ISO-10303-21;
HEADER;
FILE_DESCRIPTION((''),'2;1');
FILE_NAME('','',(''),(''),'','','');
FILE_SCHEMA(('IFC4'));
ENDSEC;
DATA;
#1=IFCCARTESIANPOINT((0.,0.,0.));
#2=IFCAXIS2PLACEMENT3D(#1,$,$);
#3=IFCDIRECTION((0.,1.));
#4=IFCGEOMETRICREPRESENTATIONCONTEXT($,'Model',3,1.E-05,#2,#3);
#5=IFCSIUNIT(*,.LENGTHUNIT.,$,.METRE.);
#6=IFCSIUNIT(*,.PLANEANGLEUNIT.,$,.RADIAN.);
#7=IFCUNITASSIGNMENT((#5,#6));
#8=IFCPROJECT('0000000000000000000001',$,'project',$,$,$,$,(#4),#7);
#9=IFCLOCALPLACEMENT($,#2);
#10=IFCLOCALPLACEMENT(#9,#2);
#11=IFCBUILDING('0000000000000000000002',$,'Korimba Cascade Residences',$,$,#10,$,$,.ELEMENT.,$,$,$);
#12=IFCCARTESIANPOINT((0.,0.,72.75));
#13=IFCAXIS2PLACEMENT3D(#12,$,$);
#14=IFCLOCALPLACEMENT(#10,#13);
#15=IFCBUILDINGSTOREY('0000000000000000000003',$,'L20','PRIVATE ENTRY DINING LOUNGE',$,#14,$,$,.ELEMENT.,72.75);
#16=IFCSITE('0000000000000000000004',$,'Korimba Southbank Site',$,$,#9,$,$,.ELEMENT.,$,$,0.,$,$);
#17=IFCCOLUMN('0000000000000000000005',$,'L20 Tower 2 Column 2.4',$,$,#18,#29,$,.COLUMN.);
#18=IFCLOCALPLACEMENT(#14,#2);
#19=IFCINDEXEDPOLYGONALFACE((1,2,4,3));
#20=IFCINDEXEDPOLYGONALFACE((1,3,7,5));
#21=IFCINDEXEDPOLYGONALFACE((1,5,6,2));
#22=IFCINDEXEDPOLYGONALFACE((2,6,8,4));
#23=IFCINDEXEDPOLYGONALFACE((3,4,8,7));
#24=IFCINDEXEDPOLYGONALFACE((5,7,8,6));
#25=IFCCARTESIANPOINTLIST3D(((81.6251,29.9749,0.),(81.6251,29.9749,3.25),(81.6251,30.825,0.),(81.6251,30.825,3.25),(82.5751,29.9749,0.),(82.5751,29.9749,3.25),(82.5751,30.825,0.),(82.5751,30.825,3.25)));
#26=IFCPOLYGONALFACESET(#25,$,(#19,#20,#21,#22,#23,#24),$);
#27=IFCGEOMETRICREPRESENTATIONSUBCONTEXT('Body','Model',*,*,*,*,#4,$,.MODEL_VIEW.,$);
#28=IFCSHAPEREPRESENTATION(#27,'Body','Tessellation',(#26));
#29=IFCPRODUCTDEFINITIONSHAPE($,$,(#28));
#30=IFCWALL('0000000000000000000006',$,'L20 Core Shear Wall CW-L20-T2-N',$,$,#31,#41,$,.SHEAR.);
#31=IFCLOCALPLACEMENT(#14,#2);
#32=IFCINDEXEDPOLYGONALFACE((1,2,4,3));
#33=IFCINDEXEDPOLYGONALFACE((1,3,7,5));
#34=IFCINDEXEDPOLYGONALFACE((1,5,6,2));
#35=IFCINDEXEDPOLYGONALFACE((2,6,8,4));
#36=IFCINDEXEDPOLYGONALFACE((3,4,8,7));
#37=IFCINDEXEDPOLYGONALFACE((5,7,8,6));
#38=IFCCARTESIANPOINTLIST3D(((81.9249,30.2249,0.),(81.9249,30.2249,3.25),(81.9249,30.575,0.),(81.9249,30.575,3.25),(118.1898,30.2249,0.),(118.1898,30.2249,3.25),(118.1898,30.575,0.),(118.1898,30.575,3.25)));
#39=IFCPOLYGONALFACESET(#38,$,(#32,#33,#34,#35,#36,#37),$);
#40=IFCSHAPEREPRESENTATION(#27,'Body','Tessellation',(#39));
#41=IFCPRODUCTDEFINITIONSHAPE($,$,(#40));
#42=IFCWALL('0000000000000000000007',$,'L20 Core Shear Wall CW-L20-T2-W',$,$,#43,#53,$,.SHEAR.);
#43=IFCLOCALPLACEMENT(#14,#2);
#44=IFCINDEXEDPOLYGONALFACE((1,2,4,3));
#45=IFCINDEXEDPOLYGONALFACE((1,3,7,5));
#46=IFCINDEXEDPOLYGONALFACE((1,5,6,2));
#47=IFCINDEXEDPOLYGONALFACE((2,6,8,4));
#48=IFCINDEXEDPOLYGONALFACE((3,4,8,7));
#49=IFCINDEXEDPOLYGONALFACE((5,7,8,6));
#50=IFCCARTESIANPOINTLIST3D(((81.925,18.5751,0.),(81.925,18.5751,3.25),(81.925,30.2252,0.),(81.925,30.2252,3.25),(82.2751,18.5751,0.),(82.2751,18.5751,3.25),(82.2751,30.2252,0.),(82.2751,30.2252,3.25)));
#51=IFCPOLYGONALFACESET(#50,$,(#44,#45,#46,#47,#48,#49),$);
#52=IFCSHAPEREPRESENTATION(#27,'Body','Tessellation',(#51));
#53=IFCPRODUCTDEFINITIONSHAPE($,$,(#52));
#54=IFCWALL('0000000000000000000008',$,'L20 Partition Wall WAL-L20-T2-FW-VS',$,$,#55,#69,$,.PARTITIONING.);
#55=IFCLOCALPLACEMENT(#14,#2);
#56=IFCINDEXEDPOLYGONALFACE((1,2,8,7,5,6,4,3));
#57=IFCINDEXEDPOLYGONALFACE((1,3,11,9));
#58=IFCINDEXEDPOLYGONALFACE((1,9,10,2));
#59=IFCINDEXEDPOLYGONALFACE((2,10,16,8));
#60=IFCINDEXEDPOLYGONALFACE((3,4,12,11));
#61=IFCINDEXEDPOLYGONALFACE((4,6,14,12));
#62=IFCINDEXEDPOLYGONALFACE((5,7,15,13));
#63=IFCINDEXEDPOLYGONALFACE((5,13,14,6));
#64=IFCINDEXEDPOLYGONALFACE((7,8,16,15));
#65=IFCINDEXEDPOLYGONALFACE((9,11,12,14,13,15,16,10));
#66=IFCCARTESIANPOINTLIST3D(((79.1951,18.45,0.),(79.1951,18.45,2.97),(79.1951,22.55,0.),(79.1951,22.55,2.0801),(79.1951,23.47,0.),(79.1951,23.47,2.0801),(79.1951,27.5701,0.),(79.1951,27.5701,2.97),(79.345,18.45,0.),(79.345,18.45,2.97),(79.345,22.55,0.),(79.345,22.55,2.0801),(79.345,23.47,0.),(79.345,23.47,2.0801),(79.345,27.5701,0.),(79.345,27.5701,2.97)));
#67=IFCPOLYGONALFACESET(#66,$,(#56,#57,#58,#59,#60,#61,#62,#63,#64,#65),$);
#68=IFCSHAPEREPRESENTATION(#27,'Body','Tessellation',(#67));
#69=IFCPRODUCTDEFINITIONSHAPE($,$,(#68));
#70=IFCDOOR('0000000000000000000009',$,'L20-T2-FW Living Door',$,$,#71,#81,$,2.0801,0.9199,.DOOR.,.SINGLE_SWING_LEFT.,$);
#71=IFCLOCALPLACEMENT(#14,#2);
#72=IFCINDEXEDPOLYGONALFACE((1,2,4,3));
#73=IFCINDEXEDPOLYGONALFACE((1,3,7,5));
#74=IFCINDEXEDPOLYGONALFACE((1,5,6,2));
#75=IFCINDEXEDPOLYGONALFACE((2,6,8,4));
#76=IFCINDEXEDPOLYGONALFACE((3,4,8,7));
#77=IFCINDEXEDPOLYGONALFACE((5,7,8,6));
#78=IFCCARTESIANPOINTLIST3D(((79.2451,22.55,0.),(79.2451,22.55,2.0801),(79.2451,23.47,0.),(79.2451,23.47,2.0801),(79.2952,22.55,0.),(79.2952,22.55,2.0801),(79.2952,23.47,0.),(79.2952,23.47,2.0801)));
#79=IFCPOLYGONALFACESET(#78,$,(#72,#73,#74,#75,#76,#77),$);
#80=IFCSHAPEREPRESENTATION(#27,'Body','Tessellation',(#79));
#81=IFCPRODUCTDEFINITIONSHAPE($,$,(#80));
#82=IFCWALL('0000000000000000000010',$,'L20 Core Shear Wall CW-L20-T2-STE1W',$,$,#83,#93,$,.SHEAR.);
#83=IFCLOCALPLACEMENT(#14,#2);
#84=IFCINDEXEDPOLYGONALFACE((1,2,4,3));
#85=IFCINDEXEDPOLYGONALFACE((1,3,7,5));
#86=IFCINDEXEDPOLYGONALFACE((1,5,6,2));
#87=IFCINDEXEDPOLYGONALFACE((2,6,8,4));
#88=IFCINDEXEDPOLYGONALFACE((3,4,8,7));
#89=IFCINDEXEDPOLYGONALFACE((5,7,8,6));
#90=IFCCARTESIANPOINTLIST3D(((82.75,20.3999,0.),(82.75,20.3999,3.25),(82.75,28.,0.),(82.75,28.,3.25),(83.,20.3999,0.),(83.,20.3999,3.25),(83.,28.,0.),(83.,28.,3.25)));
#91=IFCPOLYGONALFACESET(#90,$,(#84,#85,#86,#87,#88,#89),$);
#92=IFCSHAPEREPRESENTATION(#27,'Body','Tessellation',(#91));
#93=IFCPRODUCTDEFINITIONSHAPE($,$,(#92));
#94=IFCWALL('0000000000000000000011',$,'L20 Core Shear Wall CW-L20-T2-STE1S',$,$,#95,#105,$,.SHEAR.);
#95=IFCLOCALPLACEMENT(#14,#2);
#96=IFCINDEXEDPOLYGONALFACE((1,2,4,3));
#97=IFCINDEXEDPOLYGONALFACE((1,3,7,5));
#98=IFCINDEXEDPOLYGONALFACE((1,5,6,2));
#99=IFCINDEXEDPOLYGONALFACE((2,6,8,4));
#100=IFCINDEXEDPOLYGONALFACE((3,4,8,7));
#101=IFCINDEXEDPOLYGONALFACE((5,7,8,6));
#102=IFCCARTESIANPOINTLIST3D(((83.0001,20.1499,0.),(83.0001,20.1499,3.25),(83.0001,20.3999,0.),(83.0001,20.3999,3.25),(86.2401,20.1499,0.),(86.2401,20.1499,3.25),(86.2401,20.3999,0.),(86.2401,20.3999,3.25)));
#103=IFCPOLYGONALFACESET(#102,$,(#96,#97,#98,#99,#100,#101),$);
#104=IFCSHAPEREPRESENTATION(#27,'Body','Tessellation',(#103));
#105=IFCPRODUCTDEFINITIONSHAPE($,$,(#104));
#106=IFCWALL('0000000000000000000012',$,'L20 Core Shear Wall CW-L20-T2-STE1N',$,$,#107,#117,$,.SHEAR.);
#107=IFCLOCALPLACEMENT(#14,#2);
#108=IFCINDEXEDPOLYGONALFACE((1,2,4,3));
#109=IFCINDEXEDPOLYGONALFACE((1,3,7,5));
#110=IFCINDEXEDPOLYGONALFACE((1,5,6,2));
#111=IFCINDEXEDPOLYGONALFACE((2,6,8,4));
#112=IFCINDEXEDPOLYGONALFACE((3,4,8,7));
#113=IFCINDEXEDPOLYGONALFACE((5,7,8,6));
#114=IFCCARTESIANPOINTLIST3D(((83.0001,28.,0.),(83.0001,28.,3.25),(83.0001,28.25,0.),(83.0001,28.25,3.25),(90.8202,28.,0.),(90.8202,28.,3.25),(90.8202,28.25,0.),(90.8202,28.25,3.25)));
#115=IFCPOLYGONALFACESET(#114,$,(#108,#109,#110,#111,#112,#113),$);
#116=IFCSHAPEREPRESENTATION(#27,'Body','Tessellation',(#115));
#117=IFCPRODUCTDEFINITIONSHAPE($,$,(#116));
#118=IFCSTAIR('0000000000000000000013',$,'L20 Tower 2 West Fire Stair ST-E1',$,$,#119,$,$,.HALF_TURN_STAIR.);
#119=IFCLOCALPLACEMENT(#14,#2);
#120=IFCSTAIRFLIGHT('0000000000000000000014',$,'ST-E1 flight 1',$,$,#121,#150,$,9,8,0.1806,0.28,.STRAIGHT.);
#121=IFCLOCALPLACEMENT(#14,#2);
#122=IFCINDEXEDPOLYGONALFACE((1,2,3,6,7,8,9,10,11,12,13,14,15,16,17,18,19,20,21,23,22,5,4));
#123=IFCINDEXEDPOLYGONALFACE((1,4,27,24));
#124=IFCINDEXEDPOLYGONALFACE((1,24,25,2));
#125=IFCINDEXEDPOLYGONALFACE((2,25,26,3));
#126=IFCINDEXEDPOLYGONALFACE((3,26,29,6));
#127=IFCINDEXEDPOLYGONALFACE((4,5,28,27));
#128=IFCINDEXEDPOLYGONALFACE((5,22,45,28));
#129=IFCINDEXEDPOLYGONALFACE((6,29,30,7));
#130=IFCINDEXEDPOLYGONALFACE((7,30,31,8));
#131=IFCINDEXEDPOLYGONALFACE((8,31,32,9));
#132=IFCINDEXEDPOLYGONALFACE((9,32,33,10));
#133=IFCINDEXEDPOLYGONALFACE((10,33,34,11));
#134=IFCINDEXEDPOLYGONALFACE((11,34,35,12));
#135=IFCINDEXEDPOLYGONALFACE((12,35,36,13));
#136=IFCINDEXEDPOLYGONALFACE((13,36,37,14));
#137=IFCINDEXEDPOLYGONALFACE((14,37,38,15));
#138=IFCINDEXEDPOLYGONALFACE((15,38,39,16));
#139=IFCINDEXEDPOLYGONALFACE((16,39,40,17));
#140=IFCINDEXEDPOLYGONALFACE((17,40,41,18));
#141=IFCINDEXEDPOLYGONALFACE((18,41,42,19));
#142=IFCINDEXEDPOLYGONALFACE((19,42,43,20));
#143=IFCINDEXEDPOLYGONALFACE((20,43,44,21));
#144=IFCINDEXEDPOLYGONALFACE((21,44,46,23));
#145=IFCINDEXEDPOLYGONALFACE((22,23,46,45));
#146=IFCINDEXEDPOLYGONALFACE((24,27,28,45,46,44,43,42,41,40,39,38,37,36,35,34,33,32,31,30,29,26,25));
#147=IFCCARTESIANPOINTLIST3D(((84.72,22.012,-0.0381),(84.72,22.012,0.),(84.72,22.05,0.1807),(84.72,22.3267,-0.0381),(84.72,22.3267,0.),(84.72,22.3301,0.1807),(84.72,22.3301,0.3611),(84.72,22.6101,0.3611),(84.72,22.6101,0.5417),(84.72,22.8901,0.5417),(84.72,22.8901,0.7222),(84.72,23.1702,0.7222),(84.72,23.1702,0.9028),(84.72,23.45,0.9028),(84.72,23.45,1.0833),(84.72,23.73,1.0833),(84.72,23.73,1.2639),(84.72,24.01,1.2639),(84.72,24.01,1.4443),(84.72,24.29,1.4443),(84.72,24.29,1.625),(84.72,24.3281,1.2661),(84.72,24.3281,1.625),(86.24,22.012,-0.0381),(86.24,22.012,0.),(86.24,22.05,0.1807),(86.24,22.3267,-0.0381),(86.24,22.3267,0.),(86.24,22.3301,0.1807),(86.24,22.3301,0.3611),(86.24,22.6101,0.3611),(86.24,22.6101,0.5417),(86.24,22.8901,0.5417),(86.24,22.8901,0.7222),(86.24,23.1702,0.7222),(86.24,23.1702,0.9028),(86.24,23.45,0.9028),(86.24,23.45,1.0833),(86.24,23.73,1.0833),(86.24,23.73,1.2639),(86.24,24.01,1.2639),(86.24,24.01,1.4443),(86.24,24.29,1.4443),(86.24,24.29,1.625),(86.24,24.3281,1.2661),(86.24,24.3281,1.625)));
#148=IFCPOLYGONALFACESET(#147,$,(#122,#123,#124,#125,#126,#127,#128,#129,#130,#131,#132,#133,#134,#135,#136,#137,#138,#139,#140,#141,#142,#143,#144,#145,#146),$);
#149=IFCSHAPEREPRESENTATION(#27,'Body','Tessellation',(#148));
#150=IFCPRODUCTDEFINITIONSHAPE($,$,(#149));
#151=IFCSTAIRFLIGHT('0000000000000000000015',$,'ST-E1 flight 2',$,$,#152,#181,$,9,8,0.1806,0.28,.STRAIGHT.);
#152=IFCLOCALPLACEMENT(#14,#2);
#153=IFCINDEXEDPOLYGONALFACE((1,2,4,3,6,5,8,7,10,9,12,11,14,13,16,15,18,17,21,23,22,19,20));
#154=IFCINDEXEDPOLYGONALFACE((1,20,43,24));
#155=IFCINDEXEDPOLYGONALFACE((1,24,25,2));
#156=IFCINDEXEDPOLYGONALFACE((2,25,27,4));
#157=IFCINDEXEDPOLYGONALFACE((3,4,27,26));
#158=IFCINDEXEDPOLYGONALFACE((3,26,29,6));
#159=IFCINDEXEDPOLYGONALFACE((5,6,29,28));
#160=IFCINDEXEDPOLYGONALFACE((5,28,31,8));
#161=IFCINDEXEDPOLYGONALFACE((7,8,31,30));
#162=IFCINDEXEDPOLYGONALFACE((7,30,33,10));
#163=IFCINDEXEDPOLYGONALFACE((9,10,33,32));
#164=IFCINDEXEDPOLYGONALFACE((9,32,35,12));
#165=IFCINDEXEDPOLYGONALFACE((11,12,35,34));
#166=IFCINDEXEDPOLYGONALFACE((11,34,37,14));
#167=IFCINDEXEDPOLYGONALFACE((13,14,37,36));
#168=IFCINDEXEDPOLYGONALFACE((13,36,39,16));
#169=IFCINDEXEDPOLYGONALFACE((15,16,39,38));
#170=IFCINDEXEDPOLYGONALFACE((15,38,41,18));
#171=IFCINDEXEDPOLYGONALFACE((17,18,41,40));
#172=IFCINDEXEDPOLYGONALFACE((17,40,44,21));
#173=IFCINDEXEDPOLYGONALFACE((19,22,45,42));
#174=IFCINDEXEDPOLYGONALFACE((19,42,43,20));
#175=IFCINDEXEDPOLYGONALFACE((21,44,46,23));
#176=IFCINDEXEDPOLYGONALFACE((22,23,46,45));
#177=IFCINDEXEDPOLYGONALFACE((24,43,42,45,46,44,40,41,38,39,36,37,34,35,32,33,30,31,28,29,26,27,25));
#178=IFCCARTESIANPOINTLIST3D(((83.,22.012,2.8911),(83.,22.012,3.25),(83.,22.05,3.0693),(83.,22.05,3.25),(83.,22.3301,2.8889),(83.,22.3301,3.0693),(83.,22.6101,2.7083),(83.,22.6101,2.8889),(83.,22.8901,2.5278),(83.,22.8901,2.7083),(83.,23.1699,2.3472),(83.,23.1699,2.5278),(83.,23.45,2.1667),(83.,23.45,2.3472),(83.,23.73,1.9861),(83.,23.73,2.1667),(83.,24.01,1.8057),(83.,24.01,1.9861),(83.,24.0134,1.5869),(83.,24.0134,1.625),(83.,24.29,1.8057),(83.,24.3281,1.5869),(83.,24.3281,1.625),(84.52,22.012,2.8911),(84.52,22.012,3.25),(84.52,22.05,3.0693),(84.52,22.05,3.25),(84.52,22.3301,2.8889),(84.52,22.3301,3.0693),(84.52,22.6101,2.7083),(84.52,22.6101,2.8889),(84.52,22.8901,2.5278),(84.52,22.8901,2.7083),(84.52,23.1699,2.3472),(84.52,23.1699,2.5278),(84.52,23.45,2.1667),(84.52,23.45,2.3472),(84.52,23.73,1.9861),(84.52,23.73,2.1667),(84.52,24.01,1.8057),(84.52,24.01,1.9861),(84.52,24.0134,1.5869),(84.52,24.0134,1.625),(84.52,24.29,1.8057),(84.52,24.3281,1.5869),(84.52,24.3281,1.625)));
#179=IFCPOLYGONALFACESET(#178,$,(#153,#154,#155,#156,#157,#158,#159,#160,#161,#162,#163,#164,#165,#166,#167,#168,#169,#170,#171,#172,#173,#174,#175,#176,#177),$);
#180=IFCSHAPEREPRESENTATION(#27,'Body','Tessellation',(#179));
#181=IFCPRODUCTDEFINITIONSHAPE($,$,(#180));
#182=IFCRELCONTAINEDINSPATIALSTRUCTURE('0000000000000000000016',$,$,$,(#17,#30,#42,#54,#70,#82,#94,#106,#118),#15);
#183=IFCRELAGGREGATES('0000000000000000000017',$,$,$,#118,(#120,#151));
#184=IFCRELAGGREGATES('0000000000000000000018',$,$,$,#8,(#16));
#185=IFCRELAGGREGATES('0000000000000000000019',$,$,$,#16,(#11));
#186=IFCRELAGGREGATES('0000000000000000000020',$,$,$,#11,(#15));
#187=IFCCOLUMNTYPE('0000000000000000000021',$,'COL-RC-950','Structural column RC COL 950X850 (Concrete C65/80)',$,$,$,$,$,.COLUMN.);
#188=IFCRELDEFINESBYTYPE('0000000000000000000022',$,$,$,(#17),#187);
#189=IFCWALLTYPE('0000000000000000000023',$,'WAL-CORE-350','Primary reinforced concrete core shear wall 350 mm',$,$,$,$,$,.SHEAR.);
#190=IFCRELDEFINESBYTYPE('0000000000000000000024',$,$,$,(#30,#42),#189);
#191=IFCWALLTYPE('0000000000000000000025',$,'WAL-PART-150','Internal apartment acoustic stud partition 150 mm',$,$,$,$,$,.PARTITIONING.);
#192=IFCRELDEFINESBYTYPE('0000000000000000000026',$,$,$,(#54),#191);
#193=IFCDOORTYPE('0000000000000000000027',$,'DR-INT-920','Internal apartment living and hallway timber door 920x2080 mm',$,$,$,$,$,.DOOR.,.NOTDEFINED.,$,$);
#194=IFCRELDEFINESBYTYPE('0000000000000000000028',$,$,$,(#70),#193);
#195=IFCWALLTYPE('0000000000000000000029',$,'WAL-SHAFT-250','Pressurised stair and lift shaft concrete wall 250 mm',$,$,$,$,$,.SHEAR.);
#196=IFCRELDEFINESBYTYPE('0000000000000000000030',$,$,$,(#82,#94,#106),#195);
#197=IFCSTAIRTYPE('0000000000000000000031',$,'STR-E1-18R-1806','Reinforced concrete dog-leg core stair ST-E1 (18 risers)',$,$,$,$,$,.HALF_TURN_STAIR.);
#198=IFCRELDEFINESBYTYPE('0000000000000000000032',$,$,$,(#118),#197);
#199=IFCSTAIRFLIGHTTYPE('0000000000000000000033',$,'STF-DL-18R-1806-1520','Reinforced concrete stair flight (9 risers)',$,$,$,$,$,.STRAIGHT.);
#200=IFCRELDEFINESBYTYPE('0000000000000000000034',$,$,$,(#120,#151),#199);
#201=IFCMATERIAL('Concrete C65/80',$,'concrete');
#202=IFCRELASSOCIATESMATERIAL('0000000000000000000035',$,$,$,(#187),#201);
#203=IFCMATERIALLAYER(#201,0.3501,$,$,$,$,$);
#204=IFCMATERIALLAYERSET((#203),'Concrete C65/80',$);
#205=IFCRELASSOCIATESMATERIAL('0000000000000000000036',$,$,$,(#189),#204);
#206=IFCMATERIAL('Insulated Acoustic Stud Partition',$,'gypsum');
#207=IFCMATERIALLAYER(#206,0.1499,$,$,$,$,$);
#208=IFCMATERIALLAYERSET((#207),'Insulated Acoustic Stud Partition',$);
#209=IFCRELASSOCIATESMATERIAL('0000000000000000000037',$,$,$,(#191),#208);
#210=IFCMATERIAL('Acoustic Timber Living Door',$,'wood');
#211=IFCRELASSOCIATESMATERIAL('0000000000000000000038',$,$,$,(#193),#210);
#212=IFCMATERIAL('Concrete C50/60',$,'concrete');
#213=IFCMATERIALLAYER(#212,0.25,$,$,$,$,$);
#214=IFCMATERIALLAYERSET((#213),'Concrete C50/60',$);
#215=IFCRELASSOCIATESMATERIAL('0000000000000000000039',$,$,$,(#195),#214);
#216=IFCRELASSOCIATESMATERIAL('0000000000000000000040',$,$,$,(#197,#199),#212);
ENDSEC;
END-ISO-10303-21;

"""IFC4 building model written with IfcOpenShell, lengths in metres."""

from ifc_helpers import new_model, si_unit, direction, frame, frame_2d, origin, origin_2d, place, context, subcontext, project, spatial, polyline, rectangle, outline, extrude, material, layer, layer_set, material_profile, profile_set, type_object, element, fill, aggregate, save


model = new_model("IFC4")

# Units and contexts
model_context = context("Model", 3, precision=1e-05, world=origin(), true_north=direction((0.0, 1.0)))
body_context = subcontext(model_context, "Body", "Model", "MODEL_VIEW")
ifc_project = project(units=[si_unit("LENGTHUNIT", "METRE"), si_unit("PLANEANGLEUNIT", "RADIAN")], contexts=[model_context])

# Site, building, storey
site_placement = place(None, origin())
site = spatial("IfcSite", under=ifc_project, at=site_placement, Name="Korimba Southbank Site", CompositionType="ELEMENT", RefElevation=0.0)
building_placement = place(site_placement, origin())
building = spatial("IfcBuilding", under=site, at=building_placement, Name="Korimba Cascade Residences", CompositionType="ELEMENT")
storey_placement = place(building_placement, frame((0.0, 0.0, 72.75)))
storey = spatial("IfcBuildingStorey", under=building, at=storey_placement, Name="L20", Description="PRIVATE ENTRY DINING LOUNGE", CompositionType="ELEMENT", Elevation=72.75)

# Column
ifc_material_1 = material(Name="Concrete C65/80", Category="concrete")
ifc_material_profile = material_profile(ifc_material_1, rectangle(XDim=0.95, YDim=0.8501, at=origin_2d()), Name="Concrete C65/80")
ifc_profile_set = profile_set([ifc_material_profile], Name="Concrete C65/80")
column_type = type_object("IfcColumnType", Name="COL-RC-950", Description="Structural column RC COL 950X850 (Concrete C65/80)", PredefinedType="COLUMN", material=ifc_profile_set)
column_placement = place(storey_placement, frame((82.1001, 30.3999, 0.0), z_axis=(0.0, 0.0, 1.0), x_axis=(1.0, 0.0, 0.0)))
element("IfcColumn", 1, at=column_placement, inside=storey, type_object=column_type, Name="L20 Tower 2 Column 2.4", PredefinedType="COLUMN", context=body_context, shape_type="SweptSolid", body=[
    extrude(rectangle(XDim=0.95, YDim=0.8501, at=origin_2d()), origin(), (0.0, 0.0, 1.0), 3.25),
])

# Walls
ifc_layer_1 = layer(ifc_material_1, 0.3501)
ifc_layer_set_1 = layer_set([ifc_layer_1], Name="Concrete C65/80")
wall_type_1 = type_object("IfcWallType", Name="WAL-CORE-350", Description="Primary reinforced concrete core shear wall 350 mm", PredefinedType="SHEAR", material=ifc_layer_set_1)
wall_1_placement = place(storey_placement, frame((81.925, 30.3999, 0.0), z_axis=(0.0, 0.0, 1.0), x_axis=(1.0, 0.0, 0.0)))
element("IfcWall", 2, at=wall_1_placement, inside=storey, type_object=wall_type_1, Name="L20 Core Shear Wall CW-L20-T2-N", PredefinedType="SHEAR", context=body_context, shape_type="SweptSolid", body=[
    extrude(rectangle(XDim=36.2649, YDim=0.3501, at=frame_2d((18.1323, 0.0))), origin(), (0.0, 0.0, 1.0), 3.25),
])
wall_2_placement = place(storey_placement, frame((82.1001, 18.575, 0.0), z_axis=(0.0, 0.0, 1.0), x_axis=(0.0, 1.0, 0.0)))
element("IfcWall", 3, at=wall_2_placement, inside=storey, type_object=wall_type_1, Name="L20 Core Shear Wall CW-L20-T2-W", PredefinedType="SHEAR", context=body_context, shape_type="SweptSolid", body=[
    extrude(rectangle(XDim=11.6501, YDim=0.3501, at=frame_2d((5.8252, 0.0))), origin(), (0.0, 0.0, 1.0), 3.25),
])

# Wall, opening, door
ifc_material_2 = material(Name="Insulated Acoustic Stud Partition", Category="gypsum")
ifc_layer_2 = layer(ifc_material_2, 0.1499)
ifc_layer_set_2 = layer_set([ifc_layer_2], Name="Insulated Acoustic Stud Partition")
wall_type_2 = type_object("IfcWallType", Name="WAL-PART-150", Description="Internal apartment acoustic stud partition 150 mm", PredefinedType="PARTITIONING", material=ifc_layer_set_2)
wall_3_placement = place(storey_placement, frame((79.27, 18.45, 0.0), z_axis=(0.0, 0.0, 1.0), x_axis=(0.0, 1.0, 0.0)))
wall_3 = element("IfcWall", 4, at=wall_3_placement, inside=storey, type_object=wall_type_2, Name="L20 Partition Wall WAL-L20-T2-FW-VS", PredefinedType="PARTITIONING", context=body_context, shape_type="SweptSolid", body=[
    extrude(rectangle(XDim=9.1201, YDim=0.1499, at=frame_2d((4.5601, 0.0))), origin(), (0.0, 0.0, 1.0), 2.97),
])
opening_placement = place(wall_3_placement, frame((4.1001, 0.0, 0.0)))
opening = element("IfcOpeningElement", 5, at=opening_placement, cuts=wall_3, PredefinedType="OPENING", context=body_context, shape_type="SweptSolid", body=[
    extrude(rectangle(XDim=0.9199, YDim=2.0801, at=frame_2d((0.46, 1.04))), frame((0.0, 0.085, 0.0), z_axis=(0.0, -1.0, 0.0), x_axis=(1.0, 0.0, 0.0)), (0.0, 0.0, 1.0), 0.1699),
])
ifc_material_3 = material(Name="Acoustic Timber Living Door", Category="wood")
door_type = type_object("IfcDoorType", Name="DR-INT-920", Description="Internal apartment living and hallway timber door 920x2080 mm", OperationType="NOTDEFINED", PredefinedType="DOOR", material=ifc_material_3)
door_placement = place(opening_placement, origin())
door = element("IfcDoor", 6, at=door_placement, inside=storey, type_object=door_type, Name="L20-T2-FW Living Door", OperationType="SINGLE_SWING_LEFT", OverallHeight=2.0801, OverallWidth=0.9199, PredefinedType="DOOR", context=body_context, shape_type="SweptSolid", body=[
    extrude(rectangle(XDim=0.9199, YDim=2.0801, at=frame_2d((0.46, 1.04))), frame((0.0, 0.0249, 0.0), z_axis=(0.0, -1.0, 0.0), x_axis=(1.0, 0.0, 0.0)), (0.0, 0.0, 1.0), 0.05),
])
fill(opening, door)

# Walls
ifc_material_4 = material(Name="Concrete C50/60", Category="concrete")
ifc_layer_3 = layer(ifc_material_4, 0.25)
ifc_layer_set_3 = layer_set([ifc_layer_3], Name="Concrete C50/60")
wall_type_3 = type_object("IfcWallType", Name="WAL-SHAFT-250", Description="Pressurised stair and lift shaft concrete wall 250 mm", PredefinedType="SHEAR", material=ifc_layer_set_3)
wall_4_placement = place(storey_placement, frame((82.875, 20.3999, 0.0), z_axis=(0.0, 0.0, 1.0), x_axis=(0.0, 1.0, 0.0)))
element("IfcWall", 7, at=wall_4_placement, inside=storey, type_object=wall_type_3, Name="L20 Core Shear Wall CW-L20-T2-STE1W", PredefinedType="SHEAR", context=body_context, shape_type="SweptSolid", body=[
    extrude(rectangle(XDim=7.6001, YDim=0.25, at=frame_2d((3.8, 0.0))), origin(), (0.0, 0.0, 1.0), 3.25),
])
wall_5_placement = place(storey_placement, frame((83.0, 20.2749, 0.0), z_axis=(0.0, 0.0, 1.0), x_axis=(1.0, 0.0, 0.0)))
element("IfcWall", 8, at=wall_5_placement, inside=storey, type_object=wall_type_3, Name="L20 Core Shear Wall CW-L20-T2-STE1S", PredefinedType="SHEAR", context=body_context, shape_type="SweptSolid", body=[
    extrude(rectangle(XDim=3.24, YDim=0.25, at=frame_2d((1.6201, 0.0))), origin(), (0.0, 0.0, 1.0), 3.25),
])
wall_6_placement = place(storey_placement, frame((83.0, 28.125, 0.0), z_axis=(0.0, 0.0, 1.0), x_axis=(1.0, 0.0, 0.0)))
element("IfcWall", 9, at=wall_6_placement, inside=storey, type_object=wall_type_3, Name="L20 Core Shear Wall CW-L20-T2-STE1N", PredefinedType="SHEAR", context=body_context, shape_type="SweptSolid", body=[
    extrude(rectangle(XDim=7.8201, YDim=0.25, at=frame_2d((3.9102, 0.0))), origin(), (0.0, 0.0, 1.0), 3.25),
])

# Stair, stair flights
stair_type = type_object("IfcStairType", Name="STR-E1-18R-1806", Description="Reinforced concrete dog-leg core stair ST-E1 (18 risers)", PredefinedType="HALF_TURN_STAIR", material=ifc_material_4)
stair_placement = place(storey_placement, origin())
stair = element("IfcStair", 10, at=stair_placement, inside=storey, type_object=stair_type, Name="L20 Tower 2 West Fire Stair ST-E1", PredefinedType="HALF_TURN_STAIR")
stair_flight_type = type_object("IfcStairFlightType", Name="STF-DL-18R-1806-1520", Description="Reinforced concrete stair flight (9 risers)", PredefinedType="STRAIGHT", material=ifc_material_4)
stair_flight_1_placement = place(storey_placement, frame((85.48, 22.05, 0.0), z_axis=(0.0, 0.0, 1.0), x_axis=(0.0, 1.0, 0.0)))
stair_flight_1 = element("IfcStairFlight", 11, at=stair_flight_1_placement, type_object=stair_flight_type, Name="ST-E1 flight 1", NumberOfRisers=9, NumberOfTreads=8, PredefinedType="STRAIGHT", RiserHeight=0.1806, TreadLength=0.28, context=body_context, shape_type="SweptSolid", body=[
    extrude(outline(polyline([(-0.0381, 0.0), (0.0, 0.1807), (0.28, 0.1807), (0.28, 0.3611), (0.5601, 0.3611), (0.5601, 0.5417), (0.8401, 0.5417), (0.8401, 0.7222), (1.1201, 0.7222), (1.1201, 0.9028), (1.3999, 0.9028), (1.3999, 1.0833), (1.6799, 1.0833), (1.6799, 1.2639), (1.96, 1.2639), (1.96, 1.4443), (2.24, 1.4443), (2.24, 1.625), (2.2781, 1.625), (2.2781, 1.2661), (0.2766, 0.0), (0.2766, -0.0381), (-0.0381, -0.0381), (-0.0381, 0.0)])), frame((0.0, 0.76, 0.0), z_axis=(0.0, -1.0, 0.0), x_axis=(1.0, 0.0, 0.0)), (0.0, 0.0, 1.0), 1.52),
])
stair_flight_2_placement = place(storey_placement, frame((83.76, 24.29, 1.625), z_axis=(0.0, 0.0, 1.0), x_axis=(0.0, -1.0, 0.0)))
stair_flight_2 = element("IfcStairFlight", 12, at=stair_flight_2_placement, type_object=stair_flight_type, Name="ST-E1 flight 2", NumberOfRisers=9, NumberOfTreads=8, PredefinedType="STRAIGHT", RiserHeight=0.1806, TreadLength=0.28, context=body_context, shape_type="SweptSolid", body=[
    extrude(outline(polyline([(-0.0381, 0.0), (0.0, 0.1807), (0.28, 0.1807), (0.28, 0.3611), (0.5601, 0.3611), (0.5601, 0.5417), (0.8401, 0.5417), (0.8401, 0.7222), (1.1201, 0.7222), (1.1201, 0.9028), (1.3999, 0.9028), (1.3999, 1.0833), (1.6799, 1.0833), (1.6799, 1.2639), (1.96, 1.2639), (1.96, 1.4443), (2.24, 1.4443), (2.24, 1.625), (2.2781, 1.625), (2.2781, 1.2661), (0.2766, 0.0), (0.2766, -0.0381), (-0.0381, -0.0381), (-0.0381, 0.0)])), frame((0.0, 0.76, 0.0), z_axis=(0.0, -1.0, 0.0), x_axis=(1.0, 0.0, 0.0)), (0.0, 0.0, 1.0), 1.52),
])
aggregate(stair, [stair_flight_1, stair_flight_2])

save(model, "model.ifc")
